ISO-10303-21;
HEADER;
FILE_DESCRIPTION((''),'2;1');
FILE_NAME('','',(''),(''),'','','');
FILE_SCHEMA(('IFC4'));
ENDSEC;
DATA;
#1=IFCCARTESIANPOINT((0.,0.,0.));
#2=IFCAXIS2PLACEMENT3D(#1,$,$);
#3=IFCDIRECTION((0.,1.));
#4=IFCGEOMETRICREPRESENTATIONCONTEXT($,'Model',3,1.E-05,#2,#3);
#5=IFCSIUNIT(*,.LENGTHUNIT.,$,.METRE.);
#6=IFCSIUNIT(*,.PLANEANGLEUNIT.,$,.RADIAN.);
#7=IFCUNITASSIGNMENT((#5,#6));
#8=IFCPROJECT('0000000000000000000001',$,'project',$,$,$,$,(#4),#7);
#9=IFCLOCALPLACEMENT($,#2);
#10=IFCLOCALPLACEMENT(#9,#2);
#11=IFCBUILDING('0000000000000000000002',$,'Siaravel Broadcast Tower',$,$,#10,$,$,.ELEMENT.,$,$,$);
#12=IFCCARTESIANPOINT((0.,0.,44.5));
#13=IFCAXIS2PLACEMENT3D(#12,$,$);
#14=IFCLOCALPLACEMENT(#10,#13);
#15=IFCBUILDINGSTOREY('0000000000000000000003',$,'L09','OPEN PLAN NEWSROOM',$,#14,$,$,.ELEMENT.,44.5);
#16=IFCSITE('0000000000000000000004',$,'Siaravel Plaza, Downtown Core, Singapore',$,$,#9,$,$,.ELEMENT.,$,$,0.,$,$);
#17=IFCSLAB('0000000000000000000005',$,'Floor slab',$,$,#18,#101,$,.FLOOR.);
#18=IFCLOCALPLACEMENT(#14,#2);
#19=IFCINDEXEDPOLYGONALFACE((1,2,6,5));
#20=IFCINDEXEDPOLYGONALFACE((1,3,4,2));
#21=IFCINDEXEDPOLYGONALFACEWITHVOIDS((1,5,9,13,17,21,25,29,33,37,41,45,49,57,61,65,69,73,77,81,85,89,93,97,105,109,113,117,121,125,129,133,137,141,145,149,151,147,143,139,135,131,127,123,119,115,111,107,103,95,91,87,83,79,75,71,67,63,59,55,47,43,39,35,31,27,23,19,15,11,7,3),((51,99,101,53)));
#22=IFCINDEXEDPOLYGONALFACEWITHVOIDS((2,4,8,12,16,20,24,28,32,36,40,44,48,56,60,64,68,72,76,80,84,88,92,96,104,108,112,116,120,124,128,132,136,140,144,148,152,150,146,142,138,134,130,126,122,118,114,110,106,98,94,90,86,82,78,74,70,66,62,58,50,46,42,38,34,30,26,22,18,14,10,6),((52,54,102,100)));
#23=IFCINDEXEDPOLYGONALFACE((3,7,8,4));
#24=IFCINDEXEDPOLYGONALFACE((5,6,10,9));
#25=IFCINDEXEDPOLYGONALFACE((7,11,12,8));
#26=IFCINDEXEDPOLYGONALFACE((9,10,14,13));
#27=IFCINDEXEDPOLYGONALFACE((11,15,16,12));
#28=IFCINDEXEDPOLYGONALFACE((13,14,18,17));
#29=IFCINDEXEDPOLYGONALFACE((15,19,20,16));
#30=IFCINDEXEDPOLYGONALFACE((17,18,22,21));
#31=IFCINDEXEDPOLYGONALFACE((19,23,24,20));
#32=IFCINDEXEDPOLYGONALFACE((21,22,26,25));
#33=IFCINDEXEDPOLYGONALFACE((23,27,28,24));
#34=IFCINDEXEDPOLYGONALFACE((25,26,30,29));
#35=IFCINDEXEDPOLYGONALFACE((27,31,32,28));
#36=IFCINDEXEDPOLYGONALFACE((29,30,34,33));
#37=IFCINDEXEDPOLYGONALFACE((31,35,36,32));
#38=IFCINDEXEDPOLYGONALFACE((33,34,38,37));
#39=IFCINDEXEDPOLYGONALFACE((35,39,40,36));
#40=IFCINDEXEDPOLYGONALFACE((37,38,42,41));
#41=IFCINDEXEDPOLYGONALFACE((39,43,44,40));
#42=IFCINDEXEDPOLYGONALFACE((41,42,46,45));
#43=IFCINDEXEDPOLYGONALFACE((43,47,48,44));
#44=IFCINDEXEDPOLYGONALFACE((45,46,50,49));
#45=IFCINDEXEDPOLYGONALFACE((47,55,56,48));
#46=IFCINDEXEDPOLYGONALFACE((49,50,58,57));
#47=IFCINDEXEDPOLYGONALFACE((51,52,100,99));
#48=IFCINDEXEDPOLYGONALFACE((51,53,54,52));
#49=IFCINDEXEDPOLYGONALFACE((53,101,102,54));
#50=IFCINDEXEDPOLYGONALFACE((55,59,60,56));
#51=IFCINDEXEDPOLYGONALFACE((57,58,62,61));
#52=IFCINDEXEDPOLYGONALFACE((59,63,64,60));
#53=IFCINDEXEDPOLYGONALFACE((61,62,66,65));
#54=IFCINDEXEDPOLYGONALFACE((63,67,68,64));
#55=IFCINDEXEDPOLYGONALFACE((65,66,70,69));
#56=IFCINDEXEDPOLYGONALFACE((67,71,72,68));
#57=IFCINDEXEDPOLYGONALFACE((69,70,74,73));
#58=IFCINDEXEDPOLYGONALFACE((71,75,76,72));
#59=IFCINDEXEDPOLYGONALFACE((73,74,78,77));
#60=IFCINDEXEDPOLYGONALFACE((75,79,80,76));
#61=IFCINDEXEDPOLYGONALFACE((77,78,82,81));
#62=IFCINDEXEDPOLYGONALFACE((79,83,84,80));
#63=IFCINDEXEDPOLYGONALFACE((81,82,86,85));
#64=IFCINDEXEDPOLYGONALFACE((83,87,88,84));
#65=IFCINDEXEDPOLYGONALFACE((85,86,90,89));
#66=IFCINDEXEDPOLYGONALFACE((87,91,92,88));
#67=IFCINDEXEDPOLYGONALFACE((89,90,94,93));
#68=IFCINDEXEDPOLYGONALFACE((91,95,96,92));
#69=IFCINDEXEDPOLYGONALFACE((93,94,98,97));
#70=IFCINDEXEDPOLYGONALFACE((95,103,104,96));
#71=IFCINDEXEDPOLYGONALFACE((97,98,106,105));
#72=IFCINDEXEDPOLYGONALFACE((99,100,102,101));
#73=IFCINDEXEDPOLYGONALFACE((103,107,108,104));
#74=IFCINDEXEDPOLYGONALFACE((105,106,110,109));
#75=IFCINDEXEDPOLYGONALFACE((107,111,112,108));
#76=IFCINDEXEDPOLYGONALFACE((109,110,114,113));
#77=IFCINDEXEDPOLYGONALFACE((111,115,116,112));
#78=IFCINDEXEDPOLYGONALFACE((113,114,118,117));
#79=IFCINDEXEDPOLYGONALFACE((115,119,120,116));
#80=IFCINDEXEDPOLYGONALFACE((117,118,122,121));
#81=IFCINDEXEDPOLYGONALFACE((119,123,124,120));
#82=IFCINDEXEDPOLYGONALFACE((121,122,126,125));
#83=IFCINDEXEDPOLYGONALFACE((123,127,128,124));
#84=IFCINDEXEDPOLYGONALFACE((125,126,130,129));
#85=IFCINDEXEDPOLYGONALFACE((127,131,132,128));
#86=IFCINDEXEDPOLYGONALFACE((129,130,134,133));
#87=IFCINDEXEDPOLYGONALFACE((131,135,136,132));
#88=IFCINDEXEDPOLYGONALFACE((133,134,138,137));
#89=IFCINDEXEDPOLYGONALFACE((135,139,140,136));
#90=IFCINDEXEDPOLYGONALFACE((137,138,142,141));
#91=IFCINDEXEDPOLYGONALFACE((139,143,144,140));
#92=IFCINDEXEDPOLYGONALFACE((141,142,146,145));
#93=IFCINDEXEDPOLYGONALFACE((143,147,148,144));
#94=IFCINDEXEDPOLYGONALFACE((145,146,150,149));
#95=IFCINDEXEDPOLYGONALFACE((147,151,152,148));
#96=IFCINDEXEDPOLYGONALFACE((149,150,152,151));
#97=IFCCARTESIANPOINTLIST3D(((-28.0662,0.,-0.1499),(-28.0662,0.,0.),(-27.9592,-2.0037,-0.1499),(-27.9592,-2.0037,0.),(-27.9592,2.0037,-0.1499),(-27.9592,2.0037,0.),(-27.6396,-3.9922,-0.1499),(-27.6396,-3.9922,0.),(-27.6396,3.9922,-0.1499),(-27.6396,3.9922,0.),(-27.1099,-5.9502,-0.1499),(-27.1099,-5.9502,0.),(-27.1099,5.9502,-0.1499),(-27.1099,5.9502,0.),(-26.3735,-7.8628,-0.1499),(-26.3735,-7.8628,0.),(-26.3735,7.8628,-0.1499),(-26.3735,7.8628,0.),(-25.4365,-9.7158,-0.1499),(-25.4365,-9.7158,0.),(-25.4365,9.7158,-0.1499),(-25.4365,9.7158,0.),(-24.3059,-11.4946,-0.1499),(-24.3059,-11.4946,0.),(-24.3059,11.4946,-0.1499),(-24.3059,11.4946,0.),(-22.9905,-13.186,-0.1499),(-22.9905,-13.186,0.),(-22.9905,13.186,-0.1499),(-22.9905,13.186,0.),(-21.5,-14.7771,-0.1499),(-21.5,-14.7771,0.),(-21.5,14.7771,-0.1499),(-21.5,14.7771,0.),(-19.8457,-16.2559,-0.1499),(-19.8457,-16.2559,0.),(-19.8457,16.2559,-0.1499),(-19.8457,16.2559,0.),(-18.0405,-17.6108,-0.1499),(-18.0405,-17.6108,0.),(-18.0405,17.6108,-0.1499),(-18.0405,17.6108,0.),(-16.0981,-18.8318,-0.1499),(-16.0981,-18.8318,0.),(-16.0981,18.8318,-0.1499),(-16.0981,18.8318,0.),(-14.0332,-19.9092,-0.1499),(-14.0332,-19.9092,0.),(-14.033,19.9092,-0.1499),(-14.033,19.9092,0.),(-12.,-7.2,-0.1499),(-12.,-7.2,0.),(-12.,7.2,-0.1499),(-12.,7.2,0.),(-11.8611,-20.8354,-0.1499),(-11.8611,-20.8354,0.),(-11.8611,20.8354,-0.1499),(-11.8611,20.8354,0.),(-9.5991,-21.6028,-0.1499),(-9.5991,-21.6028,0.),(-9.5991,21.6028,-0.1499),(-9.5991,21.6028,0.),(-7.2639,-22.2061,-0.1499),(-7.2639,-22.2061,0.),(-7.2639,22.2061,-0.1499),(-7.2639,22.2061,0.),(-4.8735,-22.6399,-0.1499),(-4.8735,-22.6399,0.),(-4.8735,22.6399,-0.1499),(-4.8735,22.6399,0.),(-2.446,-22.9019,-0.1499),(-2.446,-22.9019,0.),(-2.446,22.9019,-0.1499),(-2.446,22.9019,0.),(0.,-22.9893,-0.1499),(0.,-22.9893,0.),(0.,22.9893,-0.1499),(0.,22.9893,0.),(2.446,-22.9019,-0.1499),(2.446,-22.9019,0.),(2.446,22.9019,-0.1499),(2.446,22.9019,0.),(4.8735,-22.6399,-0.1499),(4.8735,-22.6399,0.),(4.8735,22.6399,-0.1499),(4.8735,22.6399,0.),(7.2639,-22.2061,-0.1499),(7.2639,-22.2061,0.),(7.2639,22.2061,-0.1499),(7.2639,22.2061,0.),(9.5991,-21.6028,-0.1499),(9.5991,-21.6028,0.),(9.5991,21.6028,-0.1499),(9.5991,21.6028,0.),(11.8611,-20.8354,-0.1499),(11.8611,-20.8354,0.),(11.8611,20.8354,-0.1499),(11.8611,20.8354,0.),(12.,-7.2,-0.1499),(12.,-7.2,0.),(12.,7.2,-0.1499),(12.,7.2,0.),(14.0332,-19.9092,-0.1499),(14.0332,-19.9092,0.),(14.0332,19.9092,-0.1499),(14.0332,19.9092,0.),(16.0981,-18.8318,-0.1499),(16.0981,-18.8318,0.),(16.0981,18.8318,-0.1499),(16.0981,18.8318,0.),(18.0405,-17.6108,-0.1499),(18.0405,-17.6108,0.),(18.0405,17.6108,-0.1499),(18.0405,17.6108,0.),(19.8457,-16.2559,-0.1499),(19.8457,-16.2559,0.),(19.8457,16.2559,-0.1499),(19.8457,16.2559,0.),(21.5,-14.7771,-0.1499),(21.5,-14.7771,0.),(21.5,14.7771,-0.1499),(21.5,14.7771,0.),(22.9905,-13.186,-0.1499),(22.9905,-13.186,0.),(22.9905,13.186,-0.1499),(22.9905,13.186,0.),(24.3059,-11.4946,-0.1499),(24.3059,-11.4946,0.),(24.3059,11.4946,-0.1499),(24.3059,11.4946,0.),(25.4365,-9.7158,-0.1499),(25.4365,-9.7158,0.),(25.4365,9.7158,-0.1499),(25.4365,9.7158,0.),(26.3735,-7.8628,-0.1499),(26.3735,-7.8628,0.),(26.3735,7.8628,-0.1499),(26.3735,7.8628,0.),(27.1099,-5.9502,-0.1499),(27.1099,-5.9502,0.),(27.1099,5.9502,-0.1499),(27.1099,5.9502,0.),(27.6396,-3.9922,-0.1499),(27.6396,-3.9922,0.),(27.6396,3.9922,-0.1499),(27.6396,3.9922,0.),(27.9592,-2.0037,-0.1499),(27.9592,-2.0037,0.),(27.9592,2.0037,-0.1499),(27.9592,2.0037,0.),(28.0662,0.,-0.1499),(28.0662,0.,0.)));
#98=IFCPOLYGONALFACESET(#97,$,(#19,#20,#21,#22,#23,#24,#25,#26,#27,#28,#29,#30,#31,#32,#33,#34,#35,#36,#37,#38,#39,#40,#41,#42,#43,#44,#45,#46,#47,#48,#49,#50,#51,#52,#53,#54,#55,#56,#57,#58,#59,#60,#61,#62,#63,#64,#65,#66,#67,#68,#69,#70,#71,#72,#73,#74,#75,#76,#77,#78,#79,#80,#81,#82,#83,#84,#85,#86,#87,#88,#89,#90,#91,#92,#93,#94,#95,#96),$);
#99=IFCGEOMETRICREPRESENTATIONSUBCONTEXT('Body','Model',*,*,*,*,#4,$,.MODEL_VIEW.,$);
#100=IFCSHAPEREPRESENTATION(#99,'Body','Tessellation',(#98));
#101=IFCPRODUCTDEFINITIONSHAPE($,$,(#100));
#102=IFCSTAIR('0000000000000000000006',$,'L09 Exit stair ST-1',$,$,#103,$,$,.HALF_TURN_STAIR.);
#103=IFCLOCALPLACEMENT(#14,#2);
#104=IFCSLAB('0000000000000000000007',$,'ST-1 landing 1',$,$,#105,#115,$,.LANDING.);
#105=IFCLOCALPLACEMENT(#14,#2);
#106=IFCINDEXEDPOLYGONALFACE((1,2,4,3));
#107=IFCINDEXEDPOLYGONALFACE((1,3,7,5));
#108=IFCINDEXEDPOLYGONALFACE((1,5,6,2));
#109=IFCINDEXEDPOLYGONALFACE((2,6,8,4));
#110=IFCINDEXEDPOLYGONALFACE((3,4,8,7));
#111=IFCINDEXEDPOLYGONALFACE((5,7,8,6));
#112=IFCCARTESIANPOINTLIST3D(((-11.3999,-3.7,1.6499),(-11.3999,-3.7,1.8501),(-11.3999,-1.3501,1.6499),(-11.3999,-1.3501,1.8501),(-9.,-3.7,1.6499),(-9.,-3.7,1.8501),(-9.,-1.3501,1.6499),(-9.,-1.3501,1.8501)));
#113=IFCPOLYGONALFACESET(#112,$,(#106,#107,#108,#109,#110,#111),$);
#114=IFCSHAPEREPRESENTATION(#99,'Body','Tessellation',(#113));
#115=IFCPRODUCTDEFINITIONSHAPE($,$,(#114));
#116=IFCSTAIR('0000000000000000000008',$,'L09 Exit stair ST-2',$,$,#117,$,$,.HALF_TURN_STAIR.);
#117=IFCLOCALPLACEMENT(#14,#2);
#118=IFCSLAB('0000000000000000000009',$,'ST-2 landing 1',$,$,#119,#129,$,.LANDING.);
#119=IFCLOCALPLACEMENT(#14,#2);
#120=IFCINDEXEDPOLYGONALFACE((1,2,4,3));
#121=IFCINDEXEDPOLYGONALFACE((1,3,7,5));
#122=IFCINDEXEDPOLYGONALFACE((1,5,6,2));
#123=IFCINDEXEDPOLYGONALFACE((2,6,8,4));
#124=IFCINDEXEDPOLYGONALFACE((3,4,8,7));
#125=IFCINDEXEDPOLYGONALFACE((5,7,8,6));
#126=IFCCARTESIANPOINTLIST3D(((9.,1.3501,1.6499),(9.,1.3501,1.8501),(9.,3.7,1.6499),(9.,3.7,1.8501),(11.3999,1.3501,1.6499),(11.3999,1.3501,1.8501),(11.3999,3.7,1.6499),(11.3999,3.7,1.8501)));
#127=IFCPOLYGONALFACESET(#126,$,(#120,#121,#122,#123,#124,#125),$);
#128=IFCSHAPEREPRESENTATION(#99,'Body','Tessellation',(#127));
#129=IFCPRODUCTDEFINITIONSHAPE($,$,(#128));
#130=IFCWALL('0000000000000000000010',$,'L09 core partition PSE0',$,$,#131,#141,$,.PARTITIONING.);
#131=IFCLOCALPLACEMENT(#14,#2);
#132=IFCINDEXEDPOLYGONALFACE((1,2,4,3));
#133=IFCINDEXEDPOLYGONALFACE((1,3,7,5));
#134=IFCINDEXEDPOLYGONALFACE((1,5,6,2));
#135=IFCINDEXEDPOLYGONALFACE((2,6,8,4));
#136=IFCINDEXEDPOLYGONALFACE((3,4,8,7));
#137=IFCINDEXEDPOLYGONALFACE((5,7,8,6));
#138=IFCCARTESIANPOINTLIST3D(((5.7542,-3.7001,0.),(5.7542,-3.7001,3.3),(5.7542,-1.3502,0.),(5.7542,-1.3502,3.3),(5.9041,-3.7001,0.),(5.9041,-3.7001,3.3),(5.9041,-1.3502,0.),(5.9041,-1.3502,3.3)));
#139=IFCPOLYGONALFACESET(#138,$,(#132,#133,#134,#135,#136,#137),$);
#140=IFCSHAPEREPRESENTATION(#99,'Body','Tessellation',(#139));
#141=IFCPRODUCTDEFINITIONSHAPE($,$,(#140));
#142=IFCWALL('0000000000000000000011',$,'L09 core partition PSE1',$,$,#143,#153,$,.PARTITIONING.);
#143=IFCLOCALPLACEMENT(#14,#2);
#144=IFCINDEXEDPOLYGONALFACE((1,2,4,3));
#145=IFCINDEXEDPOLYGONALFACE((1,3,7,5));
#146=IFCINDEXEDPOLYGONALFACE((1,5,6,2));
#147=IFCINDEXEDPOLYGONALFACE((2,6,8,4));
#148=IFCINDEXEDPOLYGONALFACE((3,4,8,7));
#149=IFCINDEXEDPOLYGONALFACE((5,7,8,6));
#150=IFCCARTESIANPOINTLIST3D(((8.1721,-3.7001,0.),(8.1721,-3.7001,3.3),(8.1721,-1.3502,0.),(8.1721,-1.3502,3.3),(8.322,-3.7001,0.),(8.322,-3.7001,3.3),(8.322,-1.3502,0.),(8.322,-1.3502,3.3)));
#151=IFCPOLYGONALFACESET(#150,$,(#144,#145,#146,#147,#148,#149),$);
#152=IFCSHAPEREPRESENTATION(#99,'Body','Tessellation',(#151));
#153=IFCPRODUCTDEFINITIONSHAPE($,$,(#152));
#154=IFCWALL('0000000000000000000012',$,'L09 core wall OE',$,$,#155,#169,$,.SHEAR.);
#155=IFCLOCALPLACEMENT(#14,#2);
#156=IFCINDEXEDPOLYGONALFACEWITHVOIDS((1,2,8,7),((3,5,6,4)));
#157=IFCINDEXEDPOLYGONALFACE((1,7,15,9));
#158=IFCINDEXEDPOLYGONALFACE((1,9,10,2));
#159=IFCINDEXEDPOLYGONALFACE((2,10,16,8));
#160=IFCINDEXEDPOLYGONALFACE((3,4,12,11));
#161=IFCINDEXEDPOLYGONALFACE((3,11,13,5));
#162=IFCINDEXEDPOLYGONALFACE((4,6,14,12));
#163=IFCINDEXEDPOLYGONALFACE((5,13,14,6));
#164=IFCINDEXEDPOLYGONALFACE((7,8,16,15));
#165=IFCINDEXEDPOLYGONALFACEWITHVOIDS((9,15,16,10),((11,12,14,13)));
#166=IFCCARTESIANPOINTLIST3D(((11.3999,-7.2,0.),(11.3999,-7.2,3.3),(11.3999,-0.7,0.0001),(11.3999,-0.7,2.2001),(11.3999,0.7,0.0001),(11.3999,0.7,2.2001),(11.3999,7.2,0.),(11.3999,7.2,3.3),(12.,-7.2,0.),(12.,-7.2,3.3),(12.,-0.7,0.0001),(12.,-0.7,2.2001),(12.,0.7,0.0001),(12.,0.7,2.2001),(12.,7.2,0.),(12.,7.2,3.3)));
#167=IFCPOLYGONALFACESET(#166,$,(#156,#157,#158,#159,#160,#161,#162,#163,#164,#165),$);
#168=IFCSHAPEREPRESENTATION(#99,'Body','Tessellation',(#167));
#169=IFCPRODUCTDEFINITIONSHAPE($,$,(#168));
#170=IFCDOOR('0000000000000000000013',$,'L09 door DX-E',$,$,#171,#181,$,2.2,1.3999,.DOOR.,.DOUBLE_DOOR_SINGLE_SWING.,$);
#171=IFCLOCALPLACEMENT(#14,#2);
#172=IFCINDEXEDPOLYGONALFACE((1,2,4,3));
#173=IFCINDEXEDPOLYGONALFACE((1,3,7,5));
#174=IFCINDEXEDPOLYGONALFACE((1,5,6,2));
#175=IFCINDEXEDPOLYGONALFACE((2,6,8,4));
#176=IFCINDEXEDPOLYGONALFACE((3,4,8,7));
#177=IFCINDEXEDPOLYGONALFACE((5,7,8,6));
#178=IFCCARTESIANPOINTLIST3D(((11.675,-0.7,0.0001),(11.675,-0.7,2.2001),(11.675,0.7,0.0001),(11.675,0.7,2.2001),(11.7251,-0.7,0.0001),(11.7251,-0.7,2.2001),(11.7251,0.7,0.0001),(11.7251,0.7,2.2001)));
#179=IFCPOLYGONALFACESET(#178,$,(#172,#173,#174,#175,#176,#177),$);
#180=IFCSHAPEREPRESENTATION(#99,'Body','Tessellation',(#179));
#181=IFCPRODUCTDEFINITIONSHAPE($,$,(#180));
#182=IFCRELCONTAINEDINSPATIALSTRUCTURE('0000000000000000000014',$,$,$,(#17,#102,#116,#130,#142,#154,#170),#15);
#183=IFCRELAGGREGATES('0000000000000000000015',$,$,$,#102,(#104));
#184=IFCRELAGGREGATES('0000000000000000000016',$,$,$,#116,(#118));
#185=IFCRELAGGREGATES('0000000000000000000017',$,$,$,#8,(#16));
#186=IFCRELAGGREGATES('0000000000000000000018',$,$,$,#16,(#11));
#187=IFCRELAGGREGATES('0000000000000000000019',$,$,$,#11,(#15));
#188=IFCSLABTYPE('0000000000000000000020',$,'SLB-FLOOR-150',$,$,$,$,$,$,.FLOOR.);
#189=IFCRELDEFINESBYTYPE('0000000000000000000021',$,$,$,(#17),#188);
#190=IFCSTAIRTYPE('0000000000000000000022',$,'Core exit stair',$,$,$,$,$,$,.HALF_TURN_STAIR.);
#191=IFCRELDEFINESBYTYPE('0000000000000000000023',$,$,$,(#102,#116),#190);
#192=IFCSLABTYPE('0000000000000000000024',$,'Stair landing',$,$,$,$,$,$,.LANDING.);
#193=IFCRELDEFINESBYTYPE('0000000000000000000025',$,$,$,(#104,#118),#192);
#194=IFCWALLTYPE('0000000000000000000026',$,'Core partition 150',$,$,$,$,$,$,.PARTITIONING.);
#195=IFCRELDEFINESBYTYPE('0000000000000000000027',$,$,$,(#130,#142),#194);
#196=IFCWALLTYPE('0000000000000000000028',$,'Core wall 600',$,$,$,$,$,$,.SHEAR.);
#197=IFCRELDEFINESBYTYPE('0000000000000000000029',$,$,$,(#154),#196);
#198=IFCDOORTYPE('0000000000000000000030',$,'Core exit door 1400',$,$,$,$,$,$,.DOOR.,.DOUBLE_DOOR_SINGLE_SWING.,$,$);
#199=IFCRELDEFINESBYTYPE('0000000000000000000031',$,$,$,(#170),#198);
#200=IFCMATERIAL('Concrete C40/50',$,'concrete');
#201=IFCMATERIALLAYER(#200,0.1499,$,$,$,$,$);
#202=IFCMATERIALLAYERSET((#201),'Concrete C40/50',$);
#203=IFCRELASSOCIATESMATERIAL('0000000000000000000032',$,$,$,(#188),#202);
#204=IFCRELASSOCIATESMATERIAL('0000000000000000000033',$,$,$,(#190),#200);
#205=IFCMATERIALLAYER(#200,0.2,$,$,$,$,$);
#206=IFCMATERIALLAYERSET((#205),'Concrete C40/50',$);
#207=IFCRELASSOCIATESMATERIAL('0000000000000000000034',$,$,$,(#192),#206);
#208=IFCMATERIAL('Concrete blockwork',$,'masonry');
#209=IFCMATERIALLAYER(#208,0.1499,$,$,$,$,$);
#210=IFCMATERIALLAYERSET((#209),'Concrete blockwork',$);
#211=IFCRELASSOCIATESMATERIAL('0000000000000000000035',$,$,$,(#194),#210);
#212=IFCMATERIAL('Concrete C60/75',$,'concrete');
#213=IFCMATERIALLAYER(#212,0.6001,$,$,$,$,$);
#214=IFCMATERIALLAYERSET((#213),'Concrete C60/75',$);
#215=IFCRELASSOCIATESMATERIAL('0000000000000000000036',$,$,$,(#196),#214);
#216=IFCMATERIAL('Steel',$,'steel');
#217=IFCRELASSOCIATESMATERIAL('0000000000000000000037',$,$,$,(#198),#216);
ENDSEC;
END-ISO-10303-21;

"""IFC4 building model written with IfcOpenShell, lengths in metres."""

from ifc_helpers import new_model, si_unit, direction, frame, frame_2d, origin, place, context, subcontext, project, spatial, polyline, rectangle, outline, extrude, material, layer, layer_set, type_object, element, fill, aggregate, save


model = new_model("IFC4")

# Units and contexts
model_context = context("Model", 3, precision=1e-05, world=origin(), true_north=direction((0.0, 1.0)))
body_context = subcontext(model_context, "Body", "Model", "MODEL_VIEW")
ifc_project = project(units=[si_unit("LENGTHUNIT", "METRE"), si_unit("PLANEANGLEUNIT", "RADIAN")], contexts=[model_context])

# Site, building, storey
site_placement = place(None, origin())
site = spatial("IfcSite", under=ifc_project, at=site_placement, Name="Siaravel Plaza, Downtown Core, Singapore", CompositionType="ELEMENT", RefElevation=0.0)
building_placement = place(site_placement, origin())
building = spatial("IfcBuilding", under=site, at=building_placement, Name="Siaravel Broadcast Tower", CompositionType="ELEMENT")
storey_placement = place(building_placement, frame((0.0, 0.0, 44.5)))
storey = spatial("IfcBuildingStorey", under=building, at=storey_placement, Name="L09", Description="OPEN PLAN NEWSROOM", CompositionType="ELEMENT", Elevation=44.5)

# Slab
ifc_material_1 = material(Name="Concrete C40/50", Category="concrete")
ifc_layer_1 = layer(ifc_material_1, 0.1499)
ifc_layer_set_1 = layer_set([ifc_layer_1], Name="Concrete C40/50")
slab_type_1 = type_object("IfcSlabType", Name="SLB-FLOOR-150", PredefinedType="FLOOR", material=ifc_layer_set_1)
slab_1_placement = place(storey_placement, frame((0.0, 0.0, -0.1499)))
element("IfcSlab", 1, at=slab_1_placement, inside=storey, type_object=slab_type_1, Name="Floor slab", PredefinedType="FLOOR", context=body_context, shape_type="SweptSolid", body=[
    extrude(outline(polyline([(28.0662, 0.0), (27.9592, 2.0037), (27.6396, 3.9922), (27.1099, 5.9502), (26.3735, 7.8628), (25.4365, 9.7158), (24.3059, 11.4946), (22.9905, 13.186), (21.5, 14.7771), (19.8457, 16.2559), (18.0405, 17.6108), (16.0981, 18.8318), (14.0332, 19.9092), (11.8611, 20.8354), (9.5991, 21.6028), (7.2639, 22.2061), (4.8735, 22.6399), (2.446, 22.9019), (0.0, 22.9893), (-2.446, 22.9019), (-4.8735, 22.6399), (-7.2639, 22.2061), (-9.5991, 21.6028), (-11.8611, 20.8354), (-14.033, 19.9092), (-16.0981, 18.8318), (-18.0405, 17.6108), (-19.8457, 16.2559), (-21.5, 14.7771), (-22.9905, 13.186), (-24.3059, 11.4946), (-25.4365, 9.7158), (-26.3735, 7.8628), (-27.1099, 5.9502), (-27.6396, 3.9922), (-27.9592, 2.0037), (-28.0662, 0.0), (-27.9592, -2.0037), (-27.6396, -3.9922), (-27.1099, -5.9502), (-26.3735, -7.8628), (-25.4365, -9.7158), (-24.3059, -11.4946), (-22.9905, -13.186), (-21.5, -14.7771), (-19.8457, -16.2559), (-18.0405, -17.6108), (-16.0981, -18.8318), (-14.0332, -19.9092), (-11.8611, -20.8354), (-9.5991, -21.6028), (-7.2639, -22.2061), (-4.8735, -22.6399), (-2.446, -22.9019), (0.0, -22.9893), (2.446, -22.9019), (4.8735, -22.6399), (7.2639, -22.2061), (9.5991, -21.6028), (11.8611, -20.8354), (14.0332, -19.9092), (16.0981, -18.8318), (18.0405, -17.6108), (19.8457, -16.2559), (21.5, -14.7771), (22.9905, -13.186), (24.3059, -11.4946), (25.4365, -9.7158), (26.3735, -7.8628), (27.1099, -5.9502), (27.6396, -3.9922), (27.9592, -2.0037), (28.0662, 0.0)]), holes=[polyline([(-12.0, 7.2), (12.0, 7.2), (12.0, -7.2), (-12.0, -7.2), (-12.0, 7.2)])]), origin(), (0.0, 0.0, 1.0), 0.1499),
])

# Stairs, slabs
stair_type = type_object("IfcStairType", Name="Core exit stair", PredefinedType="HALF_TURN_STAIR", material=ifc_material_1)
stair_1_placement = place(storey_placement, origin())
stair_1 = element("IfcStair", 2, at=stair_1_placement, inside=storey, type_object=stair_type, Name="L09 Exit stair ST-1", PredefinedType="HALF_TURN_STAIR")
ifc_layer_2 = layer(ifc_material_1, 0.2)
ifc_layer_set_2 = layer_set([ifc_layer_2], Name="Concrete C40/50")
slab_type_2 = type_object("IfcSlabType", Name="Stair landing", PredefinedType="LANDING", material=ifc_layer_set_2)
slab_2_placement = place(storey_placement, frame((0.0, 0.0, 1.6499)))
slab_2 = element("IfcSlab", 3, at=slab_2_placement, type_object=slab_type_2, Name="ST-1 landing 1", PredefinedType="LANDING", context=body_context, shape_type="SweptSolid", body=[
    extrude(outline(polyline([(-9.0, -1.3501), (-11.3999, -1.3501), (-11.3999, -3.7), (-9.0, -3.7), (-9.0, -1.3501)])), origin(), (0.0, 0.0, 1.0), 0.2002),
])
aggregate(stair_1, [slab_2])
stair_2_placement = place(storey_placement, origin())
stair_2 = element("IfcStair", 4, at=stair_2_placement, inside=storey, type_object=stair_type, Name="L09 Exit stair ST-2", PredefinedType="HALF_TURN_STAIR")
slab_3_placement = place(storey_placement, frame((0.0, 0.0, 1.6499)))
slab_3 = element("IfcSlab", 5, at=slab_3_placement, type_object=slab_type_2, Name="ST-2 landing 1", PredefinedType="LANDING", context=body_context, shape_type="SweptSolid", body=[
    extrude(outline(polyline([(9.0, 1.3501), (11.3999, 1.3501), (11.3999, 3.7), (9.0, 3.7), (9.0, 1.3501)])), origin(), (0.0, 0.0, 1.0), 0.2002),
])
aggregate(stair_2, [slab_3])

# Walls
ifc_material_2 = material(Name="Concrete blockwork", Category="masonry")
ifc_layer_3 = layer(ifc_material_2, 0.1499)
ifc_layer_set_3 = layer_set([ifc_layer_3], Name="Concrete blockwork")
wall_type_1 = type_object("IfcWallType", Name="Core partition 150", PredefinedType="PARTITIONING", material=ifc_layer_set_3)
for number, where, z_axis, x_axis, name in (
    (6, (5.8291, -3.7, 0.0), (0.0, 0.0, 1.0), (0.0, 1.0, 0.0), "L09 core partition PSE0"),
    (7, (8.2471, -3.7, 0.0), (0.0, 0.0, 1.0), (0.0, 1.0, 0.0), "L09 core partition PSE1"),
):
    element("IfcWall", number, at=place(storey_placement, frame(where, z_axis=z_axis, x_axis=x_axis)), inside=storey, type_object=wall_type_1, Name=name, PredefinedType="PARTITIONING", context=body_context, shape_type="SweptSolid", body=[
        extrude(rectangle(XDim=2.3499, YDim=0.1499, at=frame_2d((1.1748, 0.0))), origin(), (0.0, 0.0, 1.0), 3.3),
    ])

# Wall, opening, door
ifc_material_3 = material(Name="Concrete C60/75", Category="concrete")
ifc_layer_4 = layer(ifc_material_3, 0.6001)
ifc_layer_set_4 = layer_set([ifc_layer_4], Name="Concrete C60/75")
wall_type_2 = type_object("IfcWallType", Name="Core wall 600", PredefinedType="SHEAR", material=ifc_layer_set_4)
wall_1_placement = place(storey_placement, frame((11.7, -7.2, 0.0), z_axis=(0.0, 0.0, 1.0), x_axis=(0.0, 1.0, 0.0)))
wall_1 = element("IfcWall", 8, at=wall_1_placement, inside=storey, type_object=wall_type_2, Name="L09 core wall OE", PredefinedType="SHEAR", context=body_context, shape_type="SweptSolid", body=[
    extrude(rectangle(XDim=14.3999, YDim=0.6001, at=frame_2d((7.2, 0.0))), origin(), (0.0, 0.0, 1.0), 3.3),
])
opening_1_placement = place(wall_1_placement, frame((6.5, 0.0, 0.0)))
opening_1 = element("IfcOpeningElement", 9, at=opening_1_placement, cuts=wall_1, PredefinedType="OPENING", context=body_context, shape_type="SweptSolid", body=[
    extrude(rectangle(XDim=1.3999, YDim=2.2, at=frame_2d((0.7, 1.1001))), frame((0.0, 0.3101, 0.0), z_axis=(0.0, -1.0, 0.0), x_axis=(1.0, 0.0, 0.0)), (0.0, 0.0, 1.0), 0.6201),
])
ifc_material_4 = material(Name="Steel", Category="steel")
door_type_1 = type_object("IfcDoorType", Name="Core exit door 1400", OperationType="DOUBLE_DOOR_SINGLE_SWING", PredefinedType="DOOR", material=ifc_material_4)
door_1_placement = place(opening_1_placement, origin())
door_1 = element("IfcDoor", 10, at=door_1_placement, inside=storey, type_object=door_type_1, Name="L09 door DX-E", OperationType="DOUBLE_DOOR_SINGLE_SWING", OverallHeight=2.2, OverallWidth=1.3999, PredefinedType="DOOR", context=body_context, shape_type="SweptSolid", body=[
    extrude(rectangle(XDim=1.3999, YDim=2.2, at=frame_2d((0.7, 1.1001))), frame((0.0, 0.0249, 0.0), z_axis=(0.0, -1.0, 0.0), x_axis=(1.0, 0.0, 0.0)), (0.0, 0.0, 1.0), 0.05),
])
fill(opening_1, door_1)

save(model, "model.ifc")
